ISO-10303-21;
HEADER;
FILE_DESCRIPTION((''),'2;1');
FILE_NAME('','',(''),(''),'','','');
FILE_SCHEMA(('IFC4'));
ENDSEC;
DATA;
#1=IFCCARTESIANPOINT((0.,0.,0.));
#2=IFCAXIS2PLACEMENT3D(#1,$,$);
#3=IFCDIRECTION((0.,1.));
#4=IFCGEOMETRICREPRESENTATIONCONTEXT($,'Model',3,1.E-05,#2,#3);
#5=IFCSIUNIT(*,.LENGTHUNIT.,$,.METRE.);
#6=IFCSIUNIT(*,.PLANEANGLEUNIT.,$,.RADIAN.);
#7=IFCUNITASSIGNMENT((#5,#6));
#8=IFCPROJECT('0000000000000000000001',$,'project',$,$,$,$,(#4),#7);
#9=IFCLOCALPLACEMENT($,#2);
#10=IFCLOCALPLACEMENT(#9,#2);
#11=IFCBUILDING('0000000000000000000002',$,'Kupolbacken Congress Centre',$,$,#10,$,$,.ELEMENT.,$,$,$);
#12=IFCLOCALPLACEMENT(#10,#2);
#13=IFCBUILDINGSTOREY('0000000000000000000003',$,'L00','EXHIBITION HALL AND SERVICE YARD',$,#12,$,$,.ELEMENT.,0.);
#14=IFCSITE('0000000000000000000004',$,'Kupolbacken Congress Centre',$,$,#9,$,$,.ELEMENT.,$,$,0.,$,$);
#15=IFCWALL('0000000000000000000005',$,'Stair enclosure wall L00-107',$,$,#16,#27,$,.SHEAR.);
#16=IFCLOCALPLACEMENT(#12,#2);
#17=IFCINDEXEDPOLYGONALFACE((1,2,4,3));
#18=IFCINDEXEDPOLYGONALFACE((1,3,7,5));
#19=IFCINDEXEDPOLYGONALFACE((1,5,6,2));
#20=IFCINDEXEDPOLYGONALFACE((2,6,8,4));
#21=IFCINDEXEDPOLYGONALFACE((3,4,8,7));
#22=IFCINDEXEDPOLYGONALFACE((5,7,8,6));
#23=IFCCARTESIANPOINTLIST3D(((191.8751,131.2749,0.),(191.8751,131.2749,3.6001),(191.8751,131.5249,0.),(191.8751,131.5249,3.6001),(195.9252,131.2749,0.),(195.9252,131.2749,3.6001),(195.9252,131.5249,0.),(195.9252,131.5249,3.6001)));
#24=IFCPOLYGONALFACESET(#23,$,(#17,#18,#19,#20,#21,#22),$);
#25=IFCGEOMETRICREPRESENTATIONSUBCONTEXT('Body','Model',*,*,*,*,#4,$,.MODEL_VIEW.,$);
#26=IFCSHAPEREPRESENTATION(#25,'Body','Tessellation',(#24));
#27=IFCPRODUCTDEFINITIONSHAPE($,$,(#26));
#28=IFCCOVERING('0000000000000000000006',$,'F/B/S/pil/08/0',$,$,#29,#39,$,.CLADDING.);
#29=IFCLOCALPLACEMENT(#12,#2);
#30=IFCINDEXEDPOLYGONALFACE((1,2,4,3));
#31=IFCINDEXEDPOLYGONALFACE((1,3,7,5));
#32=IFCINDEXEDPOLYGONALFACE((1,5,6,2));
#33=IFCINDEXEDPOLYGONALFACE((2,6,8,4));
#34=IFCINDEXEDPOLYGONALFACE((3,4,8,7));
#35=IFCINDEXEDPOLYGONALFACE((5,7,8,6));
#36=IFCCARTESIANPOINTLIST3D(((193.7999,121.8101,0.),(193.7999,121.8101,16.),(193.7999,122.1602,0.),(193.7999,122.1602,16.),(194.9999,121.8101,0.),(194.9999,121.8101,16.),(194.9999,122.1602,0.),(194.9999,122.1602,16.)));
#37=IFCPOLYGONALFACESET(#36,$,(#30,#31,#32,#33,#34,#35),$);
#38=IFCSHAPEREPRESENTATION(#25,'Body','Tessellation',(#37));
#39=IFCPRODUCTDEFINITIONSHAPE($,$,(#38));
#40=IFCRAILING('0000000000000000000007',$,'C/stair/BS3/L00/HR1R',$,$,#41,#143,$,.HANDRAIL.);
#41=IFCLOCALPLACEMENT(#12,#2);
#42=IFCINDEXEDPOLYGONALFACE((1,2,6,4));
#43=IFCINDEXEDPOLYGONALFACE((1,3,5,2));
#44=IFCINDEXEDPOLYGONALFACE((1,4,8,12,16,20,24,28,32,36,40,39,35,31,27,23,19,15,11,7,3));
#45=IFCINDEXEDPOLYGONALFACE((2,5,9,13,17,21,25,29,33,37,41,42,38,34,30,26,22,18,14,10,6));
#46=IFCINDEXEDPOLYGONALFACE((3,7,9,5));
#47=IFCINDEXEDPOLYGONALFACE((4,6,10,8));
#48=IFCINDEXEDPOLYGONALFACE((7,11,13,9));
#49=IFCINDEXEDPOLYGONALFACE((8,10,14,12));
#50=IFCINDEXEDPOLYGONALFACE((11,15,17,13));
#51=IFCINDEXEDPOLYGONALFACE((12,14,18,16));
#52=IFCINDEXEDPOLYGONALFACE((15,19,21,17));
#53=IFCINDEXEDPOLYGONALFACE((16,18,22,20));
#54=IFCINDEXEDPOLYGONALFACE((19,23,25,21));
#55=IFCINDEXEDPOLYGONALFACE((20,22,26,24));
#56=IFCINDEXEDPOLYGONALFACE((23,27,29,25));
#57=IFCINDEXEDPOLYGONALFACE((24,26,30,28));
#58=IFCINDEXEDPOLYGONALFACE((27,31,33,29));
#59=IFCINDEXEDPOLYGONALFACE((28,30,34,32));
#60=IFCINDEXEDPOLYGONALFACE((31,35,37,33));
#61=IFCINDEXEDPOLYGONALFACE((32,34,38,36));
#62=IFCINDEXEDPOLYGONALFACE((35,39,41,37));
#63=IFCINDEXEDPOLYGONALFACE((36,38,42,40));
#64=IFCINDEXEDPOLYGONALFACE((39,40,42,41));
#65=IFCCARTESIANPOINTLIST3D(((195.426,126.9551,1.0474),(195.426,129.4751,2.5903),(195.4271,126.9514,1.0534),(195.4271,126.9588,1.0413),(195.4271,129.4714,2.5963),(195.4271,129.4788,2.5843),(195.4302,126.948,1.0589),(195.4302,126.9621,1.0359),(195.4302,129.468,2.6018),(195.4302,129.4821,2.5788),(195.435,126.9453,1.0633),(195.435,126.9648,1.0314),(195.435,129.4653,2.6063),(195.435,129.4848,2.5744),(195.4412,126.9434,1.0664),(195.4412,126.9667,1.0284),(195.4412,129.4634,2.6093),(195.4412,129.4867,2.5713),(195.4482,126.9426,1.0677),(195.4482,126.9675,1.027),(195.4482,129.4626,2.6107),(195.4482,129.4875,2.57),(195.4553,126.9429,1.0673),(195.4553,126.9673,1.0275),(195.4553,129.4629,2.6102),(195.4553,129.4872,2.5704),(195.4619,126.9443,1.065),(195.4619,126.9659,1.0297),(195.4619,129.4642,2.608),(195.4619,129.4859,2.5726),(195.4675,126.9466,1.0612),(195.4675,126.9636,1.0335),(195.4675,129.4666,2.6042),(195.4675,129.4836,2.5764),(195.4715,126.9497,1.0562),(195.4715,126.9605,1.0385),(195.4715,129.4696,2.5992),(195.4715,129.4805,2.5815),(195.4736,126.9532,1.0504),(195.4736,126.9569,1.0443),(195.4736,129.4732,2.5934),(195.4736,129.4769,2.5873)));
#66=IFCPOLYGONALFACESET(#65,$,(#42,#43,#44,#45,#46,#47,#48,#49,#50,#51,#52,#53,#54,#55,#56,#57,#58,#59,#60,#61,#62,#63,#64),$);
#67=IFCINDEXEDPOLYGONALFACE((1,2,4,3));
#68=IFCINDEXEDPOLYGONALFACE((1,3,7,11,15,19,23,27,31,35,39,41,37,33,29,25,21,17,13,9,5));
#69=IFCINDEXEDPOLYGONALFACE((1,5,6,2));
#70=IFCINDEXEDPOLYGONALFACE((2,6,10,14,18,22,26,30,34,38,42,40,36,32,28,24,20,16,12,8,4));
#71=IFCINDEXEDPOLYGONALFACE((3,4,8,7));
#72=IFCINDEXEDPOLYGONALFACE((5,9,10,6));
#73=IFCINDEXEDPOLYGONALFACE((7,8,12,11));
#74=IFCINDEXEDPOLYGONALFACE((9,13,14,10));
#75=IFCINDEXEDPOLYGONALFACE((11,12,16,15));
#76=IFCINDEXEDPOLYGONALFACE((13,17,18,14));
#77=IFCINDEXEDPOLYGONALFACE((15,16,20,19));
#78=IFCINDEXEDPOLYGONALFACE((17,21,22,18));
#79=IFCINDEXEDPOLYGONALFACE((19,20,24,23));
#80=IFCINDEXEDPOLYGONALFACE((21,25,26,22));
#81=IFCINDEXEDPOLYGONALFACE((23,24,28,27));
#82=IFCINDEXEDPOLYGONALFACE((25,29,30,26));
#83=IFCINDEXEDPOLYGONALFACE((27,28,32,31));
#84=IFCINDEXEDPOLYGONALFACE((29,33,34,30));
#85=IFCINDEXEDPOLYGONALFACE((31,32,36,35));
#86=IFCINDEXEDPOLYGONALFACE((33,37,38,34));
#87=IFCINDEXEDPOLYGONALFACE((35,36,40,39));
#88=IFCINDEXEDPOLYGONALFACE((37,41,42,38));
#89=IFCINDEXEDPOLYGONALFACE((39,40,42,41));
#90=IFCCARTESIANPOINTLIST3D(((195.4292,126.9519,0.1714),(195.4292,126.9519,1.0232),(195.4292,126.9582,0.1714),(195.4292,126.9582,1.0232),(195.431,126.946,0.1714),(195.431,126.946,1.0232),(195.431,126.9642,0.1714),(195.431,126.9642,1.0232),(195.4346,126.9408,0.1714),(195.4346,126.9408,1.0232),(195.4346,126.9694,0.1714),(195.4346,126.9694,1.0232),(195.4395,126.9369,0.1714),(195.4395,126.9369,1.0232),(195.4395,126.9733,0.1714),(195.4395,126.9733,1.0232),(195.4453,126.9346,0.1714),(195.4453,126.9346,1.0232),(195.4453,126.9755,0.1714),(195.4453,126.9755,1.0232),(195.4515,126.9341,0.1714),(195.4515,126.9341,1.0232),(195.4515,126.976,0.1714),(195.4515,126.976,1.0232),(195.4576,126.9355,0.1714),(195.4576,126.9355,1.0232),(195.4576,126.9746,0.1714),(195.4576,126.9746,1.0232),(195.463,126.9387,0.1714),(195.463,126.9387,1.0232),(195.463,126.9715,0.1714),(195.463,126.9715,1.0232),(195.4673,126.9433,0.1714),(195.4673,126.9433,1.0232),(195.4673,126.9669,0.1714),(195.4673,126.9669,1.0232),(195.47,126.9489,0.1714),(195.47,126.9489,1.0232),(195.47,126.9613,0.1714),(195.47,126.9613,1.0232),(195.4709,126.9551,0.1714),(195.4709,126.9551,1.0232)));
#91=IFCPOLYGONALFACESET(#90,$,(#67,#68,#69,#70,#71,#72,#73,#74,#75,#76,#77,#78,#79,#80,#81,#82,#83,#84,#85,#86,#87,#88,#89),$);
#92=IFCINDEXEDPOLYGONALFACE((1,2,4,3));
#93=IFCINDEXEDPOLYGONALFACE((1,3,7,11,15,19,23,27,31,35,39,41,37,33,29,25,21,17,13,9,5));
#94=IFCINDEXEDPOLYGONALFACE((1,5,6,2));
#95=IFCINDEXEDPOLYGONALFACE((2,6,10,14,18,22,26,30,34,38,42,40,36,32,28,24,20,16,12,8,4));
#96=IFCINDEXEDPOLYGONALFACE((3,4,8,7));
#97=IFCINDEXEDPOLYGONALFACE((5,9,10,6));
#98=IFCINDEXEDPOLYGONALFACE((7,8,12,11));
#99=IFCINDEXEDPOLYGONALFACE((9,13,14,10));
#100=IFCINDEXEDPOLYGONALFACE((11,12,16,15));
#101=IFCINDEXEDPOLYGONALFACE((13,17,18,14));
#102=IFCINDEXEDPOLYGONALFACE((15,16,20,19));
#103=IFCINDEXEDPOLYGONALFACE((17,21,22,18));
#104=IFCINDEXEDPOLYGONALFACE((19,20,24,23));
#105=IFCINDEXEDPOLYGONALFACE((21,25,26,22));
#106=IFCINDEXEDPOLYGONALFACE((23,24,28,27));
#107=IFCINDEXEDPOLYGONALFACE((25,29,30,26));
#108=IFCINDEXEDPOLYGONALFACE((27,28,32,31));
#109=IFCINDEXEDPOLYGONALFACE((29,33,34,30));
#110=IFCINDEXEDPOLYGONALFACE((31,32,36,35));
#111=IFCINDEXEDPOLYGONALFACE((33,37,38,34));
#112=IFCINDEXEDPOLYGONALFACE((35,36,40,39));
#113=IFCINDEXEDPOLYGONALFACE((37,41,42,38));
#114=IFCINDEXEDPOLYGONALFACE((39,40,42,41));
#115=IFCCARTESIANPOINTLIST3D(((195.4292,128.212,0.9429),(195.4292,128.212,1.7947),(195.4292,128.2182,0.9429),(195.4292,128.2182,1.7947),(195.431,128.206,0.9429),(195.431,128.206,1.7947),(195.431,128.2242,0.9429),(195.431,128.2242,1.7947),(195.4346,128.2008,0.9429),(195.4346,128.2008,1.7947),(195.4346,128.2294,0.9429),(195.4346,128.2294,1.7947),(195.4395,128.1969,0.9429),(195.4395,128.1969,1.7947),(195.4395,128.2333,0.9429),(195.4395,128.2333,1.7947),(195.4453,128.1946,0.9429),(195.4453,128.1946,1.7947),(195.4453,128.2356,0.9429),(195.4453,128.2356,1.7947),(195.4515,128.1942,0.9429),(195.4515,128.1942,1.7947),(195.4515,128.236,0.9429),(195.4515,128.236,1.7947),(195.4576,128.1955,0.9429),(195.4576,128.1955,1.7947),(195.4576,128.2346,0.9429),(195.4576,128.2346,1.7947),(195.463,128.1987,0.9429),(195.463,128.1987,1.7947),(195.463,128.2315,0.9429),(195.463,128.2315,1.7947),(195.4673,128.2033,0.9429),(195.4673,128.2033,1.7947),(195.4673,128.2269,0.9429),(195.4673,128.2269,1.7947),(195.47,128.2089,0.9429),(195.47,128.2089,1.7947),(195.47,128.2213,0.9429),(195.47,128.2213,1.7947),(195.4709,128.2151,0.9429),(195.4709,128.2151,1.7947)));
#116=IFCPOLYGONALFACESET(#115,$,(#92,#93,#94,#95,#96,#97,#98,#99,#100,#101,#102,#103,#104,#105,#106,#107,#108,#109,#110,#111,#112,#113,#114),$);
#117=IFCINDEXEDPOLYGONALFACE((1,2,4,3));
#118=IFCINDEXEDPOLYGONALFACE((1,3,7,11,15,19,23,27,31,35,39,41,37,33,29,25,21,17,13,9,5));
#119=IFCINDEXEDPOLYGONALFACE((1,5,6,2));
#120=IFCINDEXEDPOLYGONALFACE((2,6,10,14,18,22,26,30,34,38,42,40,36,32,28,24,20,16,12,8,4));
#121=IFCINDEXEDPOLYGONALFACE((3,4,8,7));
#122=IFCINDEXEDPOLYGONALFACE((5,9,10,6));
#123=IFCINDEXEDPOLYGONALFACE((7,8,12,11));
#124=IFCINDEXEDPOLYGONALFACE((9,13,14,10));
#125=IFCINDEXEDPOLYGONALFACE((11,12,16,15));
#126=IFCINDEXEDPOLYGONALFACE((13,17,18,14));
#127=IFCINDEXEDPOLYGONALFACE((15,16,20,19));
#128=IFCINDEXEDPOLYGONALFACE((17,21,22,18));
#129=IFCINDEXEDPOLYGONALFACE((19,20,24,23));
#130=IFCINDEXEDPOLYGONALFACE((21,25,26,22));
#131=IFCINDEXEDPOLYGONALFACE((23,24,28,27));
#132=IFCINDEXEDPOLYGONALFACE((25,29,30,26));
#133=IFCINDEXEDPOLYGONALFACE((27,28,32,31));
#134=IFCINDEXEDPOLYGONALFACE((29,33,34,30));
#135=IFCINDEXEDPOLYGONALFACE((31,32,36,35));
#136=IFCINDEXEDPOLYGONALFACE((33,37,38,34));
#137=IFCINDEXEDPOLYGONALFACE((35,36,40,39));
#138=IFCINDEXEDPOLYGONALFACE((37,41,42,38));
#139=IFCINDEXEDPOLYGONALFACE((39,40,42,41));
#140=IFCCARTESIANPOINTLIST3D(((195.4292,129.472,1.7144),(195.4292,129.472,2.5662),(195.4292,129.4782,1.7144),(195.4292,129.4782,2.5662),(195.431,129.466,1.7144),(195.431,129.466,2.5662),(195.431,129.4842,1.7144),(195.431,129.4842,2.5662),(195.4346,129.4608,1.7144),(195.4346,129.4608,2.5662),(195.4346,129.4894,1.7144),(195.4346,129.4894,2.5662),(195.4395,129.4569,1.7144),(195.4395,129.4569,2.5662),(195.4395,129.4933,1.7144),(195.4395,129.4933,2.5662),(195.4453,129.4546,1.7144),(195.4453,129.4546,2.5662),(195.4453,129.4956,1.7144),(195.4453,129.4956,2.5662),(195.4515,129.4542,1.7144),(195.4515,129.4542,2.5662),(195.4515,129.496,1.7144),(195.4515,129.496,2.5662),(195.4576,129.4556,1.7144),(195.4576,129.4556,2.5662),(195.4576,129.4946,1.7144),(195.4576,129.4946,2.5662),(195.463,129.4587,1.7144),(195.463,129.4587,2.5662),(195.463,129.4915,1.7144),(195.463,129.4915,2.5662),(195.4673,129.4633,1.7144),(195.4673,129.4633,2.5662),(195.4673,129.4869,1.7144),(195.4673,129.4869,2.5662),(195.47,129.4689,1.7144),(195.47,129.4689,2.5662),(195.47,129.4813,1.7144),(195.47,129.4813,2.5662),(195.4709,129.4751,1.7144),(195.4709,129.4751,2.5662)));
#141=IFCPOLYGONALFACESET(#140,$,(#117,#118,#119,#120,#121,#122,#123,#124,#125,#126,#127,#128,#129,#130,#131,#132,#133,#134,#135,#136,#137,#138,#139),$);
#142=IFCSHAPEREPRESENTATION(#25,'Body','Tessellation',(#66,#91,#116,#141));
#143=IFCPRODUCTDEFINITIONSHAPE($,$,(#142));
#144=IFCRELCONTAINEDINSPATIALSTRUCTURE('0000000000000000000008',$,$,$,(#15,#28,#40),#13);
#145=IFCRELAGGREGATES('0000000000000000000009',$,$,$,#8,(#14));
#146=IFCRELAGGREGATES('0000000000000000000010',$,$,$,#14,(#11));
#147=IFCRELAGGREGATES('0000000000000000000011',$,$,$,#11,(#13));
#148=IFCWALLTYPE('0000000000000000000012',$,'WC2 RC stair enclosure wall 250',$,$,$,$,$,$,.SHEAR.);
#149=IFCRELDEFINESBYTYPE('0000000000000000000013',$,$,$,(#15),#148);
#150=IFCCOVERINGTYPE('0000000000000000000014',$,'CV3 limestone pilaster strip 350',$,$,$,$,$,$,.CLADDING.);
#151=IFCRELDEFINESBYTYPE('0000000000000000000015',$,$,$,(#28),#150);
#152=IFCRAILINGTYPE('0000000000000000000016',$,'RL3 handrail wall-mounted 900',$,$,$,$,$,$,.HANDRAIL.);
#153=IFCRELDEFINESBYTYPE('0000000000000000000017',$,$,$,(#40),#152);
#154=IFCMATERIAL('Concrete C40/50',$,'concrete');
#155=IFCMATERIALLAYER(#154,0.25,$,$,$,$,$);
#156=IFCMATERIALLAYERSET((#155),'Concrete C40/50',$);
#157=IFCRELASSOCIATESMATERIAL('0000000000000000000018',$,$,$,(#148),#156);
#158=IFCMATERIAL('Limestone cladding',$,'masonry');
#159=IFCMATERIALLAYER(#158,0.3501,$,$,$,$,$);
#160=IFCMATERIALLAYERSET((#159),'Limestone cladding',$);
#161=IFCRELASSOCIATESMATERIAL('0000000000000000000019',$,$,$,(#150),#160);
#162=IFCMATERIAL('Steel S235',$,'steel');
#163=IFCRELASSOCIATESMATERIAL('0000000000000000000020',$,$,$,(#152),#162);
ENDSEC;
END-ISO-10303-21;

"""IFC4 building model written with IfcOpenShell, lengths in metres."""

from ifc_helpers import new_model, si_unit, direction, frame, frame_2d, origin, origin_2d, place, context, subcontext, project, spatial, rectangle, circle, extrude, material, layer, layer_set, type_object, element, save


model = new_model("IFC4")

# Units and contexts
model_context = context("Model", 3, precision=1e-05, world=origin(), true_north=direction((0.0, 1.0)))
body_context = subcontext(model_context, "Body", "Model", "MODEL_VIEW")
ifc_project = project(units=[si_unit("LENGTHUNIT", "METRE"), si_unit("PLANEANGLEUNIT", "RADIAN")], contexts=[model_context])

# Site, building, storey
site_placement = place(None, origin())
site = spatial("IfcSite", under=ifc_project, at=site_placement, Name="Kupolbacken Congress Centre", CompositionType="ELEMENT", RefElevation=0.0)
building_placement = place(site_placement, origin())
building = spatial("IfcBuilding", under=site, at=building_placement, Name="Kupolbacken Congress Centre", CompositionType="ELEMENT")
storey_placement = place(building_placement, origin())
storey = spatial("IfcBuildingStorey", under=building, at=storey_placement, Name="L00", Description="EXHIBITION HALL AND SERVICE YARD", CompositionType="ELEMENT", Elevation=0.0)

# Shared definitions
ifc_material_1 = material(Name="Concrete C40/50", Category="concrete")
ifc_layer_1 = layer(ifc_material_1, 0.25)
ifc_layer_set_1 = layer_set([ifc_layer_1], Name="Concrete C40/50")
wall_type_1 = type_object("IfcWallType", Name="WC2 RC stair enclosure wall 250", PredefinedType="SHEAR", material=ifc_layer_set_1)

# Wall
wall_1_placement = place(storey_placement, frame((195.925, 131.3999, 0.0), z_axis=(0.0, 0.0, 1.0), x_axis=(-1.0, 0.0, 0.0)))
element("IfcWall", 1, at=wall_1_placement, inside=storey, type_object=wall_type_1, Name="Stair enclosure wall L00-107", PredefinedType="SHEAR", context=body_context, shape_type="SweptSolid", body=[
    extrude(rectangle(XDim=4.05, YDim=0.25, at=frame_2d((2.0249, 0.0))), origin(), (0.0, 0.0, 1.0), 3.6001),
])

# Covering
ifc_material_2 = material(Name="Limestone cladding", Category="masonry")
ifc_layer_2 = layer(ifc_material_2, 0.3501)
ifc_layer_set_2 = layer_set([ifc_layer_2], Name="Limestone cladding")
covering_type = type_object("IfcCoveringType", Name="CV3 limestone pilaster strip 350", PredefinedType="CLADDING", material=ifc_layer_set_2)
covering_placement = place(storey_placement, frame((194.3999, 121.9851, 0.0), z_axis=(0.0, 0.0, 1.0), x_axis=(1.0, 0.0, 0.0)))
element("IfcCovering", 2, at=covering_placement, inside=storey, type_object=covering_type, Name="F/B/S/pil/08/0", PredefinedType="CLADDING", context=body_context, shape_type="SweptSolid", body=[
    extrude(rectangle(XDim=1.2, YDim=0.3501, at=origin_2d()), origin(), (0.0, 0.0, 1.0), 16.0),
])

# Railing
ifc_material_3 = material(Name="Steel S235", Category="steel")
railing_type = type_object("IfcRailingType", Name="RL3 handrail wall-mounted 900", PredefinedType="HANDRAIL", material=ifc_material_3)
railing_placement = place(storey_placement, frame((195.45, 126.9551, 0.1714)))
element("IfcRailing", 3, at=railing_placement, inside=storey, type_object=railing_type, Name="C/stair/BS3/L00/HR1R", PredefinedType="HANDRAIL", context=body_context, shape_type="SweptSolid", body=[
    extrude(circle(Radius=0.0239, at=origin_2d()), frame((0.0, 0.0, 0.876), z_axis=(0.0, 0.852836, 0.522178), x_axis=(-1.0, 0.0, 0.0)), (0.0, 0.0, 1.0), 2.9548),
    extrude(circle(Radius=0.021, at=origin_2d()), origin(), (0.0, 0.0, 1.0), 0.8518),
    extrude(circle(Radius=0.021, at=origin_2d()), frame((0.0, 1.26, 0.7715)), (0.0, 0.0, 1.0), 0.8518),
    extrude(circle(Radius=0.021, at=origin_2d()), frame((0.0, 2.52, 1.543)), (0.0, 0.0, 1.0), 0.8518),
])

save(model, "model.ifc")
